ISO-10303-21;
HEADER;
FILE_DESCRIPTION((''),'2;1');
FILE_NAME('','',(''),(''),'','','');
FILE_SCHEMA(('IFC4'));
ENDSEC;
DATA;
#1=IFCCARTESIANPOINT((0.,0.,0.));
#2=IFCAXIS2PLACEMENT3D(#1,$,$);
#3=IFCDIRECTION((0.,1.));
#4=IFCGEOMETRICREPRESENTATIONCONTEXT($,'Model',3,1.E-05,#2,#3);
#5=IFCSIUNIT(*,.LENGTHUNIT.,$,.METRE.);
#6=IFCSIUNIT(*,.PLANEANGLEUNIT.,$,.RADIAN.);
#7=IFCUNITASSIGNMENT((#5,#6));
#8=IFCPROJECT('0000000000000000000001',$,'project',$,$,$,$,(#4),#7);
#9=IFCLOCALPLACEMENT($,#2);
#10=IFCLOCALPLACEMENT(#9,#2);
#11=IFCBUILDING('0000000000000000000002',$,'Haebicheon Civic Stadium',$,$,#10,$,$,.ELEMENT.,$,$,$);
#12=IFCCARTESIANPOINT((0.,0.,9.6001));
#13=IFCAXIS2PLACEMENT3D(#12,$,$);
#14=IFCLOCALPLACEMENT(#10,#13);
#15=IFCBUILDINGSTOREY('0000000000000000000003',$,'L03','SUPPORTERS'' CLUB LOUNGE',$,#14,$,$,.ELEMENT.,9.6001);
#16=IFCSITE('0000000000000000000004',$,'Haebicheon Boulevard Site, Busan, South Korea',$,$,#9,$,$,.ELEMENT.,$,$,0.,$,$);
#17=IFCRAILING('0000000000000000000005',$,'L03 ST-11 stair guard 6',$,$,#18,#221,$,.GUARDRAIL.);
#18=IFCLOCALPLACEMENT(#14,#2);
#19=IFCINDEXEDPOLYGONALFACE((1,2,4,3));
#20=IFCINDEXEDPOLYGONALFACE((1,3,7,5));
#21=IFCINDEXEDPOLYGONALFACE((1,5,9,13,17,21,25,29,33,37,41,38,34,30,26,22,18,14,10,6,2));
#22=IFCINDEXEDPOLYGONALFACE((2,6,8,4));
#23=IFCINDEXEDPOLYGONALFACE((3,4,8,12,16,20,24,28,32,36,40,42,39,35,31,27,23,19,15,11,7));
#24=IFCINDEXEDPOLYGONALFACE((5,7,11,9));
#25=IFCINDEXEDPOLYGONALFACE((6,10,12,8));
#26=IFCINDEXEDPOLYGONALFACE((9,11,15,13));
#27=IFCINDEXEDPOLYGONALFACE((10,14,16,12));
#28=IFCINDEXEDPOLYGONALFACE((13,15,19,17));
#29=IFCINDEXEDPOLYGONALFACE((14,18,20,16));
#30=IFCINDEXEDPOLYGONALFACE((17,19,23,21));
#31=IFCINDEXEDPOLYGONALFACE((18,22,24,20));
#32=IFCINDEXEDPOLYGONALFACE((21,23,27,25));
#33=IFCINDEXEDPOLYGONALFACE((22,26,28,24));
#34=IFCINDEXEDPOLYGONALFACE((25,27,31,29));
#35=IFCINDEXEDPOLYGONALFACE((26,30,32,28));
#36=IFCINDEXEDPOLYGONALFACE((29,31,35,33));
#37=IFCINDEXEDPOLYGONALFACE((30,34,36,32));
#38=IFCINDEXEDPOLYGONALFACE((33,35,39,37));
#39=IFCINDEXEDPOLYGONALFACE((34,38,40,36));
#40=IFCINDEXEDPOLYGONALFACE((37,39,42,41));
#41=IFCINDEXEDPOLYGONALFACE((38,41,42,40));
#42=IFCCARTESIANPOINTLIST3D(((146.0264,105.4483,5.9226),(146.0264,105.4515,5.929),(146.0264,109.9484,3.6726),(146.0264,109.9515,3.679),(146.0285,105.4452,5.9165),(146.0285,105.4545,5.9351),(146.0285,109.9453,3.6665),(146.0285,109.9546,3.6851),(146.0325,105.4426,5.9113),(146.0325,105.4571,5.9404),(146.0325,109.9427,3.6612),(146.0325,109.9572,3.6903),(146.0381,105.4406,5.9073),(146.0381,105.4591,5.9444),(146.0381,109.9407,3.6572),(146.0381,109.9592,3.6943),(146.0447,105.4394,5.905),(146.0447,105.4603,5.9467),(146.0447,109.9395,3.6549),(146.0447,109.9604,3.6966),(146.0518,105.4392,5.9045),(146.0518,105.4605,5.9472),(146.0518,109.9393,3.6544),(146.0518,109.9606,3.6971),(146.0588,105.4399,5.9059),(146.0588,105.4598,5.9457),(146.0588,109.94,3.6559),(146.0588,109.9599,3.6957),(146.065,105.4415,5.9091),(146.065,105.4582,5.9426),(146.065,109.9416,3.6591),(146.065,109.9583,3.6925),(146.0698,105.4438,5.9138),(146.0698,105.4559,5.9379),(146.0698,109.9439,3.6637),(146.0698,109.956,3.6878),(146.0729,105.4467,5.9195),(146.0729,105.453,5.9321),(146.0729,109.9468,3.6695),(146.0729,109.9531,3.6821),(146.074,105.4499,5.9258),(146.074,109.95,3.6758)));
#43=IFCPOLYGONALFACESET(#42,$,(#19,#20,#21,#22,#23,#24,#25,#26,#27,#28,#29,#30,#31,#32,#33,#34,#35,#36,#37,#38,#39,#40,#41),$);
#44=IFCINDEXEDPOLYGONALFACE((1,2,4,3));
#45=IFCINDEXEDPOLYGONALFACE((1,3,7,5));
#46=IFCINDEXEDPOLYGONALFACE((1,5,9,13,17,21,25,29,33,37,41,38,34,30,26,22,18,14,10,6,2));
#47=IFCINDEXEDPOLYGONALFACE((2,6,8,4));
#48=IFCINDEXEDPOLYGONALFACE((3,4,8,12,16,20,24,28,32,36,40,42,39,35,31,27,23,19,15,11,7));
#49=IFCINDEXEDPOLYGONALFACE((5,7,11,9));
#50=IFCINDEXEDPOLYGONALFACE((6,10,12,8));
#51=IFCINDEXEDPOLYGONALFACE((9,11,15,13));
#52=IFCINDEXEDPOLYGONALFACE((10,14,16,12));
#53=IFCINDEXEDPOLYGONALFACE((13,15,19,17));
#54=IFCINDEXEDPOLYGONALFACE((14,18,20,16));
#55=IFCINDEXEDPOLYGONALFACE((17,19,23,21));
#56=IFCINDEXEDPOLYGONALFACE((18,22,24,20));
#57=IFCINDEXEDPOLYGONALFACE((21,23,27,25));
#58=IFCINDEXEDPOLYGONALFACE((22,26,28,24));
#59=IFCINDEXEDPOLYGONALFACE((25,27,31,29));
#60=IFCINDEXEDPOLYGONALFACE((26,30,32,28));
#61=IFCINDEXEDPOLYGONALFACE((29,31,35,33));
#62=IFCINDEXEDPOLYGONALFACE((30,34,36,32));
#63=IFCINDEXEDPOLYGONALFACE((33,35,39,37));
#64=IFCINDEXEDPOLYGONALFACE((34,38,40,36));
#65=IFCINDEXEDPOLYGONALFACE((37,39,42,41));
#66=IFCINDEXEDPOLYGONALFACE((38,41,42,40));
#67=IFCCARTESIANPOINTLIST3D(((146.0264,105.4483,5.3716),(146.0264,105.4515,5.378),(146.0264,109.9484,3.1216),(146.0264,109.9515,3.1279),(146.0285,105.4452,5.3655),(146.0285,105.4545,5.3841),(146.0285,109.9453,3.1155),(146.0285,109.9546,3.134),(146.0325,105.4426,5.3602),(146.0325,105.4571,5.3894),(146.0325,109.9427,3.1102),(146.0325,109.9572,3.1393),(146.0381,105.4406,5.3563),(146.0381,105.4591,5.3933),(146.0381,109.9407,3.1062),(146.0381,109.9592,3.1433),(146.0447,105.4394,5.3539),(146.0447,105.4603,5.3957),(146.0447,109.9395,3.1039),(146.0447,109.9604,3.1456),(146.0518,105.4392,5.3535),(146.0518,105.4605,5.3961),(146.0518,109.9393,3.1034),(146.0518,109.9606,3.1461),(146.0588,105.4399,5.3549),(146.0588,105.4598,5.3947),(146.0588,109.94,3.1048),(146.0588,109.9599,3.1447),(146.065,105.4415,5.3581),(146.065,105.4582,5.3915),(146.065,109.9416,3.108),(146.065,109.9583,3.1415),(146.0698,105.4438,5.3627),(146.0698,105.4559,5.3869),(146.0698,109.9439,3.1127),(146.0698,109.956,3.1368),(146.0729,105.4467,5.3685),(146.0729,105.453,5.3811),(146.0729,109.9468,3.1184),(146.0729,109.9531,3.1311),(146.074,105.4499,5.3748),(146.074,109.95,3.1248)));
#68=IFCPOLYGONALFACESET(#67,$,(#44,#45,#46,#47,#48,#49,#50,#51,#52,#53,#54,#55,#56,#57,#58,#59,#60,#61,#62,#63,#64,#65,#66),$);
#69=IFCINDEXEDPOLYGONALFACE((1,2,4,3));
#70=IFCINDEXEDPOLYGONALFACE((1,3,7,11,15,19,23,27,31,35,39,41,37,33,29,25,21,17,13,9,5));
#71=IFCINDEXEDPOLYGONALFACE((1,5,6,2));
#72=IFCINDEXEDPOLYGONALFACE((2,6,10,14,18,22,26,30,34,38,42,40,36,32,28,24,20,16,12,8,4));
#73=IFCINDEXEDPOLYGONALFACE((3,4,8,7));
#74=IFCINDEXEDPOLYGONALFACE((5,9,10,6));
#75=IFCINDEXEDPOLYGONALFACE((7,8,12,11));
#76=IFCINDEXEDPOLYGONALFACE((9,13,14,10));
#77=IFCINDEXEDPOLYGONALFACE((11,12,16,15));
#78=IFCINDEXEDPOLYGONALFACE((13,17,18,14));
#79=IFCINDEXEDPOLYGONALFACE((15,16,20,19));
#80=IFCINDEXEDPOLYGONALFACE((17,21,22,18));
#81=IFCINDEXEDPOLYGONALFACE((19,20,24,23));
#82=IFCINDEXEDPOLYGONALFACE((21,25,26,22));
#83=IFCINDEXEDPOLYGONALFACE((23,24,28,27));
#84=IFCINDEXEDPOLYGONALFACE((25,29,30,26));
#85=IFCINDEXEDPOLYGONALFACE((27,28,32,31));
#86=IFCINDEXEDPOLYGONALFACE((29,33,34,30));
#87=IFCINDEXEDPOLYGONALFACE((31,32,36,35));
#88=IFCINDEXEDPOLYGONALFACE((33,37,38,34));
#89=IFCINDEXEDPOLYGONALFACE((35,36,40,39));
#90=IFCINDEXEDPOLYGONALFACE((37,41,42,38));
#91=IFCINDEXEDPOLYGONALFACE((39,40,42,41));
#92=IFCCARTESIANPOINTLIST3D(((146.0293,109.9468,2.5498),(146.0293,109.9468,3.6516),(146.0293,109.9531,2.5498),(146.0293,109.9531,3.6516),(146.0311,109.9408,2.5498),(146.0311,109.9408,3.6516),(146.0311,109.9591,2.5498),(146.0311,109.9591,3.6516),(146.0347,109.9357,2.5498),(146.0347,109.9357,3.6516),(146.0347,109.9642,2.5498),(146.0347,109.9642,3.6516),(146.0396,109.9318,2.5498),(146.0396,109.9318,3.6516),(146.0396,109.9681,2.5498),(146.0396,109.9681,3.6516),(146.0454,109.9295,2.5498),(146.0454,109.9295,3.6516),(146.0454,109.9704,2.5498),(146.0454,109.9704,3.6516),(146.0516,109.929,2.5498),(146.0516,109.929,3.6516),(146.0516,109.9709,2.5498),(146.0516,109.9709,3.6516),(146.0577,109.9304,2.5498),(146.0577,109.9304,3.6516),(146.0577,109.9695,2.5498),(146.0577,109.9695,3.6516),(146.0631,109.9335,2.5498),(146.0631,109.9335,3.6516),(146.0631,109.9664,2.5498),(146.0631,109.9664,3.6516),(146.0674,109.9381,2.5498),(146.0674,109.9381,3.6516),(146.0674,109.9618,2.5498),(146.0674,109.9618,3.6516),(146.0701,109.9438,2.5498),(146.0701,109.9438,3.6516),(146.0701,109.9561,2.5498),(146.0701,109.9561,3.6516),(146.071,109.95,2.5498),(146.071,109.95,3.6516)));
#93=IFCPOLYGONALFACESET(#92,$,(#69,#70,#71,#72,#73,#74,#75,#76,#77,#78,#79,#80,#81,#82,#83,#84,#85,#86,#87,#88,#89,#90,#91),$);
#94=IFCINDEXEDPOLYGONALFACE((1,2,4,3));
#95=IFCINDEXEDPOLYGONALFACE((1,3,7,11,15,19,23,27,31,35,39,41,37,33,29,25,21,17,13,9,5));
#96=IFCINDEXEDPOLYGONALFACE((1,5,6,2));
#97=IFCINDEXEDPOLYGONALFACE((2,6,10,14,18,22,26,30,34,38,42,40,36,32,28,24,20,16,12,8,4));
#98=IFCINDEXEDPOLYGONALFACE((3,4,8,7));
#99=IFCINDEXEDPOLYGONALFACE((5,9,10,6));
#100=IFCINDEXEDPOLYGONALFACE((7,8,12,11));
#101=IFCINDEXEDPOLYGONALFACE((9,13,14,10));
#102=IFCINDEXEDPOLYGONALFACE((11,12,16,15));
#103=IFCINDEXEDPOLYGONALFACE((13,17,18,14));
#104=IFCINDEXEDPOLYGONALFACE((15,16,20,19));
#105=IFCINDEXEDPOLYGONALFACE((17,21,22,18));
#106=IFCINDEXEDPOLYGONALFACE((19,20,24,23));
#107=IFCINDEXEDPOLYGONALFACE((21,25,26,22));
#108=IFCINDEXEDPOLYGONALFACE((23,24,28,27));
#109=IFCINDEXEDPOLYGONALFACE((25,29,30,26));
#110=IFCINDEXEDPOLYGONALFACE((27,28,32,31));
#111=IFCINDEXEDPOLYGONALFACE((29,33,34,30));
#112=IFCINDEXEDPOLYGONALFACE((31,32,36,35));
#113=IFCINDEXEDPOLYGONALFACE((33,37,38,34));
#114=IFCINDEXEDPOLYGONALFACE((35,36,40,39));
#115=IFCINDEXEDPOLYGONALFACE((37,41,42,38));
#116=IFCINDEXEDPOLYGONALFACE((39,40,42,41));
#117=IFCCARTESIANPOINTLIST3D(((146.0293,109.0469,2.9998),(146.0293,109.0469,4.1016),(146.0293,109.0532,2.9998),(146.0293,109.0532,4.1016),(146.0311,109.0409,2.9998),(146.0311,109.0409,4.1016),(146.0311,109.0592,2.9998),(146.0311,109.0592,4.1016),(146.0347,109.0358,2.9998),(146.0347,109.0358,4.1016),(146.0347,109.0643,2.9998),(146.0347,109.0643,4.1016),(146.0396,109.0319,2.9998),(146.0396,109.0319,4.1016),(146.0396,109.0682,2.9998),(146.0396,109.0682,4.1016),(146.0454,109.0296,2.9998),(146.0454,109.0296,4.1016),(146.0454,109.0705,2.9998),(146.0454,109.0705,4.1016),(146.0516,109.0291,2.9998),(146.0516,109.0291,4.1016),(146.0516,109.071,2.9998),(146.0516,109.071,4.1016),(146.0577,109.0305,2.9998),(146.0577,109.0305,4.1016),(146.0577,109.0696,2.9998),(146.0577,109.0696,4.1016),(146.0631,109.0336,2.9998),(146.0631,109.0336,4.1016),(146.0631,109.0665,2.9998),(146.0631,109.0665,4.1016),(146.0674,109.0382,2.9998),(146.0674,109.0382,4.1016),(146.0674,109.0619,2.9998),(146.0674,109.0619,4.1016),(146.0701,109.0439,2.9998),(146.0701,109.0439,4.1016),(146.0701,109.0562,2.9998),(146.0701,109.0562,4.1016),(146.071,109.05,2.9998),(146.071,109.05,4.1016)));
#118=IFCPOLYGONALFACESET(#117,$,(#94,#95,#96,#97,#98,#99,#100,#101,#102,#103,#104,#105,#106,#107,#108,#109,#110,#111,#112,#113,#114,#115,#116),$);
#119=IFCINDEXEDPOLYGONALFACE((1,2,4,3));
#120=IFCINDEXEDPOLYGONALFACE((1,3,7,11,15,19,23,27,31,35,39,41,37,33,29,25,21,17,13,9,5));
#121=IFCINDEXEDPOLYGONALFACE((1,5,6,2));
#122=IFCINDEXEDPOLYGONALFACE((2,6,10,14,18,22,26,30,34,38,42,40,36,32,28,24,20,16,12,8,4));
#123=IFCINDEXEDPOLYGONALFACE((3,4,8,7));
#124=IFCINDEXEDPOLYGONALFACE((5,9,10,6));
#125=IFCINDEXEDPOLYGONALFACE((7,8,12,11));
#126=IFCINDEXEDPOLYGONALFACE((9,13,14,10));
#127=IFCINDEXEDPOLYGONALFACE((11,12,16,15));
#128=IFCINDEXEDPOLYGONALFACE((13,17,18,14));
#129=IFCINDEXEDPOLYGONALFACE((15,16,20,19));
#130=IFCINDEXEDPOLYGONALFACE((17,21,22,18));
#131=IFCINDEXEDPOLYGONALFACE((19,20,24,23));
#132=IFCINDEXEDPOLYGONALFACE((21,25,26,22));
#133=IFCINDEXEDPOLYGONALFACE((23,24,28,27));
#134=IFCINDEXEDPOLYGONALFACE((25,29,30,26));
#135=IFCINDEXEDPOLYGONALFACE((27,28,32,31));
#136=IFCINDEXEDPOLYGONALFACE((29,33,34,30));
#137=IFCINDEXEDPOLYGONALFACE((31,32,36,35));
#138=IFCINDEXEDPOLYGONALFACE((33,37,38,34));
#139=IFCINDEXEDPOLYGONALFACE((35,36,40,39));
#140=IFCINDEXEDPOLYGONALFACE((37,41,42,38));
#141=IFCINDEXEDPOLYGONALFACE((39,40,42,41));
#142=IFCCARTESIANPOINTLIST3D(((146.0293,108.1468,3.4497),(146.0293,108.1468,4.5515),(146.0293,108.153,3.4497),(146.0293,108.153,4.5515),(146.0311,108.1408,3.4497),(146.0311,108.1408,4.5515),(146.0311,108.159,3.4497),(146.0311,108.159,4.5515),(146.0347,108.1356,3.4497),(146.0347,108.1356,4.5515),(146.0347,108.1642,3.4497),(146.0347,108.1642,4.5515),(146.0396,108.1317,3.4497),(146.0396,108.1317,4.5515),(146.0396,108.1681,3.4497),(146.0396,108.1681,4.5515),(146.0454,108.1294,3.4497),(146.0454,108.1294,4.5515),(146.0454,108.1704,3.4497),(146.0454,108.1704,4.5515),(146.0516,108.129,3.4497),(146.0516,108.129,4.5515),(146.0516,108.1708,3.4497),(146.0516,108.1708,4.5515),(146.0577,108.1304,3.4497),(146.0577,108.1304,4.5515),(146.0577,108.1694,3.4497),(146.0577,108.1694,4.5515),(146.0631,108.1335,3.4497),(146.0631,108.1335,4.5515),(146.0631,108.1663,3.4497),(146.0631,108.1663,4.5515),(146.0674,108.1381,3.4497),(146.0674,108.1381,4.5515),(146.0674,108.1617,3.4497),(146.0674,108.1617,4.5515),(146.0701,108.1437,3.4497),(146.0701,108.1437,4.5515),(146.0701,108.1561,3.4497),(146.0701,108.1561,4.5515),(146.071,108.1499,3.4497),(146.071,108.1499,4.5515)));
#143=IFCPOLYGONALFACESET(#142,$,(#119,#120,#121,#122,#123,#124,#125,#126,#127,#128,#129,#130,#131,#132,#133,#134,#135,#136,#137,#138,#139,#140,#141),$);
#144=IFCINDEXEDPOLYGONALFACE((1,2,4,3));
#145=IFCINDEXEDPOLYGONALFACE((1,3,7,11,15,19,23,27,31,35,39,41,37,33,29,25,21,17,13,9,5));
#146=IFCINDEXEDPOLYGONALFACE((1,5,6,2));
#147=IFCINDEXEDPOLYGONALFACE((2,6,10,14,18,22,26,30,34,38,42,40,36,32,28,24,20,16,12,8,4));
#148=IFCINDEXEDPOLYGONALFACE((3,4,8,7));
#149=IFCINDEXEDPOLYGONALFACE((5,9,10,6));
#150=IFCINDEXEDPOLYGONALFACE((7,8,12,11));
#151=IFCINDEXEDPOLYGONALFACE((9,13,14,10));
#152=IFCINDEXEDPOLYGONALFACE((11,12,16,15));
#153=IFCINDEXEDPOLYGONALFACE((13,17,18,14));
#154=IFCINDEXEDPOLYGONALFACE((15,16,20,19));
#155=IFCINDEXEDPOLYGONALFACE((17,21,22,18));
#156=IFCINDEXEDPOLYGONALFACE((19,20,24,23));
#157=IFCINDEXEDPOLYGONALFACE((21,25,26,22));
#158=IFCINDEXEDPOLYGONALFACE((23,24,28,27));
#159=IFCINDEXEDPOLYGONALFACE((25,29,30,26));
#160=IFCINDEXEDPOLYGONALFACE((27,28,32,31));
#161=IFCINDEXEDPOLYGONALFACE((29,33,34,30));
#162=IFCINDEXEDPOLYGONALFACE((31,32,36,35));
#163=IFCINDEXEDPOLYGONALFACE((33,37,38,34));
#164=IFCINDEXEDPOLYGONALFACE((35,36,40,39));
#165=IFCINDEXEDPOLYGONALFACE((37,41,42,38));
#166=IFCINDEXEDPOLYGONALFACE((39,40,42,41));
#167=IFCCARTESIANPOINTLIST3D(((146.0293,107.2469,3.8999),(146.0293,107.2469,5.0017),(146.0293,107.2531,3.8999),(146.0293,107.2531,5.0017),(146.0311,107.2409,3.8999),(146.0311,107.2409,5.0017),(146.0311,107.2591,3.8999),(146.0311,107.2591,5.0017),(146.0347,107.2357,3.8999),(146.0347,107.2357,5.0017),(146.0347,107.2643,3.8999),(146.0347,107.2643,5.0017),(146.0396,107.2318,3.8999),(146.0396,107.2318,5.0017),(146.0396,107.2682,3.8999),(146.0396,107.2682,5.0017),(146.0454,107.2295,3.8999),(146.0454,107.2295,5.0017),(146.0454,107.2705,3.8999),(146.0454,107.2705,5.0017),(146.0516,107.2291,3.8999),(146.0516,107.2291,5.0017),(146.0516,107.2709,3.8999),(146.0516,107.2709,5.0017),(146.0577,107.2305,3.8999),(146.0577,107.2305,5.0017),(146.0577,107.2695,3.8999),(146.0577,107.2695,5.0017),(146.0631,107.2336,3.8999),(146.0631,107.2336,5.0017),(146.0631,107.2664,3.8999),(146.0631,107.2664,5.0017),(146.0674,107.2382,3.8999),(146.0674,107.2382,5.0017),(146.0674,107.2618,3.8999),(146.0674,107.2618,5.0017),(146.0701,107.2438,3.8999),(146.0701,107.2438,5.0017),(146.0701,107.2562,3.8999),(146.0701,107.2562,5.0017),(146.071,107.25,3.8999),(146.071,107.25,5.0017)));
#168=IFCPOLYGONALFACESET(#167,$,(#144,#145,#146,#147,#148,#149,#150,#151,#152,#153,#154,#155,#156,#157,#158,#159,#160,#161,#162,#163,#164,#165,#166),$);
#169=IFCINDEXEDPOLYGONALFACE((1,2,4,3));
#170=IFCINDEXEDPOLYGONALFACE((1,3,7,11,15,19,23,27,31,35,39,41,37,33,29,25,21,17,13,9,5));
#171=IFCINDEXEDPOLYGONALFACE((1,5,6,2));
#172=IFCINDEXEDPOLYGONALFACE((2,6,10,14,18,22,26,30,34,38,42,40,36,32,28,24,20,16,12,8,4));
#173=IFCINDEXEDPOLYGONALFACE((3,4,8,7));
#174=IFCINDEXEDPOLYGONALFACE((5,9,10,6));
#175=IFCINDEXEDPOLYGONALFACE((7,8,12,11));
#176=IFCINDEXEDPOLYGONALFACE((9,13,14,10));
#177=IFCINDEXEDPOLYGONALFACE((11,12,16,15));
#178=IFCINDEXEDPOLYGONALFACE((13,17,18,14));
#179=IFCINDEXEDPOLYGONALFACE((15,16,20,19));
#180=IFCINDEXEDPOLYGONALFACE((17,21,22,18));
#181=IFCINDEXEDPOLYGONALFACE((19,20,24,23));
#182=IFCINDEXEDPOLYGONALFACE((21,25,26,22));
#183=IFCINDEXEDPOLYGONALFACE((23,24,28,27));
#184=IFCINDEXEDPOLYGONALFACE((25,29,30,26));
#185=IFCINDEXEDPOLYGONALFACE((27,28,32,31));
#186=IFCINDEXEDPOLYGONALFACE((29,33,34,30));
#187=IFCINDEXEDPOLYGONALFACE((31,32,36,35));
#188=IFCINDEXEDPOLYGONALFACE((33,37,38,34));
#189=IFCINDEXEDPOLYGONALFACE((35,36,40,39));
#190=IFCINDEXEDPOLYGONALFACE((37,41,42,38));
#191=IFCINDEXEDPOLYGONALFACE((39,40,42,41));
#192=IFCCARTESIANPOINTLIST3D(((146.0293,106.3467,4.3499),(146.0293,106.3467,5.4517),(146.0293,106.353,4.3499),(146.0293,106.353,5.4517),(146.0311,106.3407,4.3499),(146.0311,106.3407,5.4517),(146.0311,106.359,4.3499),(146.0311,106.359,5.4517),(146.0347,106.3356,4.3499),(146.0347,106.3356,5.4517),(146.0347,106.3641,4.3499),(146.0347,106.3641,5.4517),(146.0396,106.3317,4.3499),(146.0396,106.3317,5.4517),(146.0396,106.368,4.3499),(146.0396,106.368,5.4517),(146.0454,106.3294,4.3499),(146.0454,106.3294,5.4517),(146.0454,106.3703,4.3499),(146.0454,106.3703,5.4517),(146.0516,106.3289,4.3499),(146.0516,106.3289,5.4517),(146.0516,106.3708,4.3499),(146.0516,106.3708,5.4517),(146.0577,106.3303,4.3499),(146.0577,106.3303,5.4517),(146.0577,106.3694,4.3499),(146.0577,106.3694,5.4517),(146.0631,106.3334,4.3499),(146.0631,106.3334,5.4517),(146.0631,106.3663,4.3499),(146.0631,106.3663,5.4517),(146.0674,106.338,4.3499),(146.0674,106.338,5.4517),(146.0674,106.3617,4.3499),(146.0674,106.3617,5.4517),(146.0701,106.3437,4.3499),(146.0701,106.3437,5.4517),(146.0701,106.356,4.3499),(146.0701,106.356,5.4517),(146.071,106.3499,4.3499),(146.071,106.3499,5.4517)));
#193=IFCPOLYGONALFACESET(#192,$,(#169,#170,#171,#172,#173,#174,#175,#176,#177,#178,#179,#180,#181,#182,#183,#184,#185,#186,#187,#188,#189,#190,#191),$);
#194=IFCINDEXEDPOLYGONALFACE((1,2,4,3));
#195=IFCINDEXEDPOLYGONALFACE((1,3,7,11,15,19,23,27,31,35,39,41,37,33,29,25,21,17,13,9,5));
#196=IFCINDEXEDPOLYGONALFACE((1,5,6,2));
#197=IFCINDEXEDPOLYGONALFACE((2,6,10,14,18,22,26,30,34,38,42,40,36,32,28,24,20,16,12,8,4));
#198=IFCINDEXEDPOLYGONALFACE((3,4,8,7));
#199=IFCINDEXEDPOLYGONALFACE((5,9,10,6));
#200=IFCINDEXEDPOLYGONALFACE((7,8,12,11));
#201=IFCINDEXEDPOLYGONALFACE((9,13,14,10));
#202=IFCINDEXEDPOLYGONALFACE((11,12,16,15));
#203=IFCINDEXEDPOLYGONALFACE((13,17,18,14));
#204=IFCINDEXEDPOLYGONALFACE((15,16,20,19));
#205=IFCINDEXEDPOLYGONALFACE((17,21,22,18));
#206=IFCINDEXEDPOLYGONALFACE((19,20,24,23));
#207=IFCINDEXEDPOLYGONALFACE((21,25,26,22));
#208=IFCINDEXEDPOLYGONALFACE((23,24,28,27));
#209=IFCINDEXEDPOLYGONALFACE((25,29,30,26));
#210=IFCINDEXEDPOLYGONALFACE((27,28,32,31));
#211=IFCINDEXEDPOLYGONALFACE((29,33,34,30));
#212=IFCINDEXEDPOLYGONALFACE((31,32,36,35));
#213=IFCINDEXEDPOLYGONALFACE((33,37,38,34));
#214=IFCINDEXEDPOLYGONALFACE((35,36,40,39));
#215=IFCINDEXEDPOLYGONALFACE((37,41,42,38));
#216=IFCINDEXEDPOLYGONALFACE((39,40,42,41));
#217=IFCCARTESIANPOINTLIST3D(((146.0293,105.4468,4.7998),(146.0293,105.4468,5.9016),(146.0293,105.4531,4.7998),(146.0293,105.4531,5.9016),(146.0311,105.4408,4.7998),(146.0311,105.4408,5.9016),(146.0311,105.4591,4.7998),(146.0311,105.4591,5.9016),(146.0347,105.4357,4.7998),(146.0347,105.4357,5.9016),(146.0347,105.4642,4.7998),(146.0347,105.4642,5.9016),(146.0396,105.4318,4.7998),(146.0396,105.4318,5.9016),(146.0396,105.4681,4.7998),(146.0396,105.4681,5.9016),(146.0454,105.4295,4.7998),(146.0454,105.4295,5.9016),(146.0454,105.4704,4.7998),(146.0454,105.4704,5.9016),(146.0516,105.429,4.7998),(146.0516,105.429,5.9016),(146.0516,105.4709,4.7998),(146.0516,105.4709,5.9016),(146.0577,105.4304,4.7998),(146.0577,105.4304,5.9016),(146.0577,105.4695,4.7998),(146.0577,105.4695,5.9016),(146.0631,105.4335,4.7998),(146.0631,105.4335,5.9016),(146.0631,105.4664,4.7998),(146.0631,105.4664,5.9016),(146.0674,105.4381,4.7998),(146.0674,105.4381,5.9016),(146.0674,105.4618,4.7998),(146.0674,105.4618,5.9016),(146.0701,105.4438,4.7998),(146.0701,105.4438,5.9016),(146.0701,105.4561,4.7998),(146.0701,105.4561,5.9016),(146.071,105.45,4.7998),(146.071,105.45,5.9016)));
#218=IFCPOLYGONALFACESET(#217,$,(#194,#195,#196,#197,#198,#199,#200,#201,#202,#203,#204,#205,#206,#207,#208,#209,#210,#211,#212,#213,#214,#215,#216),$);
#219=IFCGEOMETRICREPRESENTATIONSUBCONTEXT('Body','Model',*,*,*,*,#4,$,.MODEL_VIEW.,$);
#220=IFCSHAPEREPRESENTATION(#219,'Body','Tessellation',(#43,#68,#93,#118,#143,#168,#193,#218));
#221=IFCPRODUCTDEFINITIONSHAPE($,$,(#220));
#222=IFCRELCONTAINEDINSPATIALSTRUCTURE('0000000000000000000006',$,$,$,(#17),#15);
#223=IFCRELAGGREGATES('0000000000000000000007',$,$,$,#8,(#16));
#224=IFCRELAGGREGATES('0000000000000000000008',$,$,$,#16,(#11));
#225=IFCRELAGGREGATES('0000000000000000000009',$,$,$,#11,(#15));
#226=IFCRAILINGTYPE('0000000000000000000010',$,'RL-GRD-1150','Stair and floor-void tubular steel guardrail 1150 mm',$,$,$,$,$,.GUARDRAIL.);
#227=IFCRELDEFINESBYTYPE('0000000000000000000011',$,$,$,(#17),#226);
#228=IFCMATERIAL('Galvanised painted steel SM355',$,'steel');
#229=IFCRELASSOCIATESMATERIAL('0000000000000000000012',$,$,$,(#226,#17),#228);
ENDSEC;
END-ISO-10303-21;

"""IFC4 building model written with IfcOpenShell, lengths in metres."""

from ifc_helpers import new_model, si_unit, direction, frame, origin, origin_2d, place, context, subcontext, project, spatial, circle, extrude, material, type_object, element, save


model = new_model("IFC4")

# Units and contexts
model_context = context("Model", 3, precision=1e-05, world=origin(), true_north=direction((0.0, 1.0)))
body_context = subcontext(model_context, "Body", "Model", "MODEL_VIEW")
ifc_project = project(units=[si_unit("LENGTHUNIT", "METRE"), si_unit("PLANEANGLEUNIT", "RADIAN")], contexts=[model_context])

# Site, building, storey
site_placement = place(None, origin())
site = spatial("IfcSite", under=ifc_project, at=site_placement, Name="Haebicheon Boulevard Site, Busan, South Korea", CompositionType="ELEMENT", RefElevation=0.0)
building_placement = place(site_placement, origin())
building = spatial("IfcBuilding", under=site, at=building_placement, Name="Haebicheon Civic Stadium", CompositionType="ELEMENT")
storey_placement = place(building_placement, frame((0.0, 0.0, 9.6001)))
storey = spatial("IfcBuildingStorey", under=building, at=storey_placement, Name="L03", Description="SUPPORTERS' CLUB LOUNGE", CompositionType="ELEMENT", Elevation=9.6001)

# Railing
ifc_material_1 = material(Name="Galvanised painted steel SM355", Category="steel")
railing_type_1 = type_object("IfcRailingType", Name="RL-GRD-1150", Description="Stair and floor-void tubular steel guardrail 1150 mm", PredefinedType="GUARDRAIL", material=ifc_material_1)
railing_1_placement = place(storey_placement, frame((146.05, 109.95, 2.5498)))
element("IfcRailing", 1, at=railing_1_placement, inside=storey, type_object=railing_type_1, material=ifc_material_1, Name="L03 ST-11 stair guard 6", PredefinedType="GUARDRAIL", context=body_context, shape_type="SweptSolid", body=[
    extrude(circle(Radius=0.0239, at=origin_2d()), frame((0.0, 0.0, 1.126), z_axis=(0.0, -0.894427, 0.447214), x_axis=(1.0, 0.0, 0.0)), (0.0, 0.0, 1.0), 5.0312),
    extrude(circle(Radius=0.0239, at=origin_2d()), frame((0.0, 0.0, 0.575), z_axis=(0.0, -0.894427, 0.447214), x_axis=(1.0, 0.0, 0.0)), (0.0, 0.0, 1.0), 5.0312),
    extrude(circle(Radius=0.021, at=origin_2d()), origin(), (0.0, 0.0, 1.0), 1.1018),
    extrude(circle(Radius=0.021, at=origin_2d()), frame((0.0, -0.8999, 0.45)), (0.0, 0.0, 1.0), 1.1018),
    extrude(circle(Radius=0.021, at=origin_2d()), frame((0.0, -1.8, 0.8999)), (0.0, 0.0, 1.0), 1.1018),
    extrude(circle(Radius=0.021, at=origin_2d()), frame((0.0, -2.7, 1.3501)), (0.0, 0.0, 1.0), 1.1018),
    extrude(circle(Radius=0.021, at=origin_2d()), frame((0.0, -3.6001, 1.8)), (0.0, 0.0, 1.0), 1.1018),
    extrude(circle(Radius=0.021, at=origin_2d()), frame((0.0, -4.5, 2.25)), (0.0, 0.0, 1.0), 1.1018),
])

save(model, "model.ifc")
